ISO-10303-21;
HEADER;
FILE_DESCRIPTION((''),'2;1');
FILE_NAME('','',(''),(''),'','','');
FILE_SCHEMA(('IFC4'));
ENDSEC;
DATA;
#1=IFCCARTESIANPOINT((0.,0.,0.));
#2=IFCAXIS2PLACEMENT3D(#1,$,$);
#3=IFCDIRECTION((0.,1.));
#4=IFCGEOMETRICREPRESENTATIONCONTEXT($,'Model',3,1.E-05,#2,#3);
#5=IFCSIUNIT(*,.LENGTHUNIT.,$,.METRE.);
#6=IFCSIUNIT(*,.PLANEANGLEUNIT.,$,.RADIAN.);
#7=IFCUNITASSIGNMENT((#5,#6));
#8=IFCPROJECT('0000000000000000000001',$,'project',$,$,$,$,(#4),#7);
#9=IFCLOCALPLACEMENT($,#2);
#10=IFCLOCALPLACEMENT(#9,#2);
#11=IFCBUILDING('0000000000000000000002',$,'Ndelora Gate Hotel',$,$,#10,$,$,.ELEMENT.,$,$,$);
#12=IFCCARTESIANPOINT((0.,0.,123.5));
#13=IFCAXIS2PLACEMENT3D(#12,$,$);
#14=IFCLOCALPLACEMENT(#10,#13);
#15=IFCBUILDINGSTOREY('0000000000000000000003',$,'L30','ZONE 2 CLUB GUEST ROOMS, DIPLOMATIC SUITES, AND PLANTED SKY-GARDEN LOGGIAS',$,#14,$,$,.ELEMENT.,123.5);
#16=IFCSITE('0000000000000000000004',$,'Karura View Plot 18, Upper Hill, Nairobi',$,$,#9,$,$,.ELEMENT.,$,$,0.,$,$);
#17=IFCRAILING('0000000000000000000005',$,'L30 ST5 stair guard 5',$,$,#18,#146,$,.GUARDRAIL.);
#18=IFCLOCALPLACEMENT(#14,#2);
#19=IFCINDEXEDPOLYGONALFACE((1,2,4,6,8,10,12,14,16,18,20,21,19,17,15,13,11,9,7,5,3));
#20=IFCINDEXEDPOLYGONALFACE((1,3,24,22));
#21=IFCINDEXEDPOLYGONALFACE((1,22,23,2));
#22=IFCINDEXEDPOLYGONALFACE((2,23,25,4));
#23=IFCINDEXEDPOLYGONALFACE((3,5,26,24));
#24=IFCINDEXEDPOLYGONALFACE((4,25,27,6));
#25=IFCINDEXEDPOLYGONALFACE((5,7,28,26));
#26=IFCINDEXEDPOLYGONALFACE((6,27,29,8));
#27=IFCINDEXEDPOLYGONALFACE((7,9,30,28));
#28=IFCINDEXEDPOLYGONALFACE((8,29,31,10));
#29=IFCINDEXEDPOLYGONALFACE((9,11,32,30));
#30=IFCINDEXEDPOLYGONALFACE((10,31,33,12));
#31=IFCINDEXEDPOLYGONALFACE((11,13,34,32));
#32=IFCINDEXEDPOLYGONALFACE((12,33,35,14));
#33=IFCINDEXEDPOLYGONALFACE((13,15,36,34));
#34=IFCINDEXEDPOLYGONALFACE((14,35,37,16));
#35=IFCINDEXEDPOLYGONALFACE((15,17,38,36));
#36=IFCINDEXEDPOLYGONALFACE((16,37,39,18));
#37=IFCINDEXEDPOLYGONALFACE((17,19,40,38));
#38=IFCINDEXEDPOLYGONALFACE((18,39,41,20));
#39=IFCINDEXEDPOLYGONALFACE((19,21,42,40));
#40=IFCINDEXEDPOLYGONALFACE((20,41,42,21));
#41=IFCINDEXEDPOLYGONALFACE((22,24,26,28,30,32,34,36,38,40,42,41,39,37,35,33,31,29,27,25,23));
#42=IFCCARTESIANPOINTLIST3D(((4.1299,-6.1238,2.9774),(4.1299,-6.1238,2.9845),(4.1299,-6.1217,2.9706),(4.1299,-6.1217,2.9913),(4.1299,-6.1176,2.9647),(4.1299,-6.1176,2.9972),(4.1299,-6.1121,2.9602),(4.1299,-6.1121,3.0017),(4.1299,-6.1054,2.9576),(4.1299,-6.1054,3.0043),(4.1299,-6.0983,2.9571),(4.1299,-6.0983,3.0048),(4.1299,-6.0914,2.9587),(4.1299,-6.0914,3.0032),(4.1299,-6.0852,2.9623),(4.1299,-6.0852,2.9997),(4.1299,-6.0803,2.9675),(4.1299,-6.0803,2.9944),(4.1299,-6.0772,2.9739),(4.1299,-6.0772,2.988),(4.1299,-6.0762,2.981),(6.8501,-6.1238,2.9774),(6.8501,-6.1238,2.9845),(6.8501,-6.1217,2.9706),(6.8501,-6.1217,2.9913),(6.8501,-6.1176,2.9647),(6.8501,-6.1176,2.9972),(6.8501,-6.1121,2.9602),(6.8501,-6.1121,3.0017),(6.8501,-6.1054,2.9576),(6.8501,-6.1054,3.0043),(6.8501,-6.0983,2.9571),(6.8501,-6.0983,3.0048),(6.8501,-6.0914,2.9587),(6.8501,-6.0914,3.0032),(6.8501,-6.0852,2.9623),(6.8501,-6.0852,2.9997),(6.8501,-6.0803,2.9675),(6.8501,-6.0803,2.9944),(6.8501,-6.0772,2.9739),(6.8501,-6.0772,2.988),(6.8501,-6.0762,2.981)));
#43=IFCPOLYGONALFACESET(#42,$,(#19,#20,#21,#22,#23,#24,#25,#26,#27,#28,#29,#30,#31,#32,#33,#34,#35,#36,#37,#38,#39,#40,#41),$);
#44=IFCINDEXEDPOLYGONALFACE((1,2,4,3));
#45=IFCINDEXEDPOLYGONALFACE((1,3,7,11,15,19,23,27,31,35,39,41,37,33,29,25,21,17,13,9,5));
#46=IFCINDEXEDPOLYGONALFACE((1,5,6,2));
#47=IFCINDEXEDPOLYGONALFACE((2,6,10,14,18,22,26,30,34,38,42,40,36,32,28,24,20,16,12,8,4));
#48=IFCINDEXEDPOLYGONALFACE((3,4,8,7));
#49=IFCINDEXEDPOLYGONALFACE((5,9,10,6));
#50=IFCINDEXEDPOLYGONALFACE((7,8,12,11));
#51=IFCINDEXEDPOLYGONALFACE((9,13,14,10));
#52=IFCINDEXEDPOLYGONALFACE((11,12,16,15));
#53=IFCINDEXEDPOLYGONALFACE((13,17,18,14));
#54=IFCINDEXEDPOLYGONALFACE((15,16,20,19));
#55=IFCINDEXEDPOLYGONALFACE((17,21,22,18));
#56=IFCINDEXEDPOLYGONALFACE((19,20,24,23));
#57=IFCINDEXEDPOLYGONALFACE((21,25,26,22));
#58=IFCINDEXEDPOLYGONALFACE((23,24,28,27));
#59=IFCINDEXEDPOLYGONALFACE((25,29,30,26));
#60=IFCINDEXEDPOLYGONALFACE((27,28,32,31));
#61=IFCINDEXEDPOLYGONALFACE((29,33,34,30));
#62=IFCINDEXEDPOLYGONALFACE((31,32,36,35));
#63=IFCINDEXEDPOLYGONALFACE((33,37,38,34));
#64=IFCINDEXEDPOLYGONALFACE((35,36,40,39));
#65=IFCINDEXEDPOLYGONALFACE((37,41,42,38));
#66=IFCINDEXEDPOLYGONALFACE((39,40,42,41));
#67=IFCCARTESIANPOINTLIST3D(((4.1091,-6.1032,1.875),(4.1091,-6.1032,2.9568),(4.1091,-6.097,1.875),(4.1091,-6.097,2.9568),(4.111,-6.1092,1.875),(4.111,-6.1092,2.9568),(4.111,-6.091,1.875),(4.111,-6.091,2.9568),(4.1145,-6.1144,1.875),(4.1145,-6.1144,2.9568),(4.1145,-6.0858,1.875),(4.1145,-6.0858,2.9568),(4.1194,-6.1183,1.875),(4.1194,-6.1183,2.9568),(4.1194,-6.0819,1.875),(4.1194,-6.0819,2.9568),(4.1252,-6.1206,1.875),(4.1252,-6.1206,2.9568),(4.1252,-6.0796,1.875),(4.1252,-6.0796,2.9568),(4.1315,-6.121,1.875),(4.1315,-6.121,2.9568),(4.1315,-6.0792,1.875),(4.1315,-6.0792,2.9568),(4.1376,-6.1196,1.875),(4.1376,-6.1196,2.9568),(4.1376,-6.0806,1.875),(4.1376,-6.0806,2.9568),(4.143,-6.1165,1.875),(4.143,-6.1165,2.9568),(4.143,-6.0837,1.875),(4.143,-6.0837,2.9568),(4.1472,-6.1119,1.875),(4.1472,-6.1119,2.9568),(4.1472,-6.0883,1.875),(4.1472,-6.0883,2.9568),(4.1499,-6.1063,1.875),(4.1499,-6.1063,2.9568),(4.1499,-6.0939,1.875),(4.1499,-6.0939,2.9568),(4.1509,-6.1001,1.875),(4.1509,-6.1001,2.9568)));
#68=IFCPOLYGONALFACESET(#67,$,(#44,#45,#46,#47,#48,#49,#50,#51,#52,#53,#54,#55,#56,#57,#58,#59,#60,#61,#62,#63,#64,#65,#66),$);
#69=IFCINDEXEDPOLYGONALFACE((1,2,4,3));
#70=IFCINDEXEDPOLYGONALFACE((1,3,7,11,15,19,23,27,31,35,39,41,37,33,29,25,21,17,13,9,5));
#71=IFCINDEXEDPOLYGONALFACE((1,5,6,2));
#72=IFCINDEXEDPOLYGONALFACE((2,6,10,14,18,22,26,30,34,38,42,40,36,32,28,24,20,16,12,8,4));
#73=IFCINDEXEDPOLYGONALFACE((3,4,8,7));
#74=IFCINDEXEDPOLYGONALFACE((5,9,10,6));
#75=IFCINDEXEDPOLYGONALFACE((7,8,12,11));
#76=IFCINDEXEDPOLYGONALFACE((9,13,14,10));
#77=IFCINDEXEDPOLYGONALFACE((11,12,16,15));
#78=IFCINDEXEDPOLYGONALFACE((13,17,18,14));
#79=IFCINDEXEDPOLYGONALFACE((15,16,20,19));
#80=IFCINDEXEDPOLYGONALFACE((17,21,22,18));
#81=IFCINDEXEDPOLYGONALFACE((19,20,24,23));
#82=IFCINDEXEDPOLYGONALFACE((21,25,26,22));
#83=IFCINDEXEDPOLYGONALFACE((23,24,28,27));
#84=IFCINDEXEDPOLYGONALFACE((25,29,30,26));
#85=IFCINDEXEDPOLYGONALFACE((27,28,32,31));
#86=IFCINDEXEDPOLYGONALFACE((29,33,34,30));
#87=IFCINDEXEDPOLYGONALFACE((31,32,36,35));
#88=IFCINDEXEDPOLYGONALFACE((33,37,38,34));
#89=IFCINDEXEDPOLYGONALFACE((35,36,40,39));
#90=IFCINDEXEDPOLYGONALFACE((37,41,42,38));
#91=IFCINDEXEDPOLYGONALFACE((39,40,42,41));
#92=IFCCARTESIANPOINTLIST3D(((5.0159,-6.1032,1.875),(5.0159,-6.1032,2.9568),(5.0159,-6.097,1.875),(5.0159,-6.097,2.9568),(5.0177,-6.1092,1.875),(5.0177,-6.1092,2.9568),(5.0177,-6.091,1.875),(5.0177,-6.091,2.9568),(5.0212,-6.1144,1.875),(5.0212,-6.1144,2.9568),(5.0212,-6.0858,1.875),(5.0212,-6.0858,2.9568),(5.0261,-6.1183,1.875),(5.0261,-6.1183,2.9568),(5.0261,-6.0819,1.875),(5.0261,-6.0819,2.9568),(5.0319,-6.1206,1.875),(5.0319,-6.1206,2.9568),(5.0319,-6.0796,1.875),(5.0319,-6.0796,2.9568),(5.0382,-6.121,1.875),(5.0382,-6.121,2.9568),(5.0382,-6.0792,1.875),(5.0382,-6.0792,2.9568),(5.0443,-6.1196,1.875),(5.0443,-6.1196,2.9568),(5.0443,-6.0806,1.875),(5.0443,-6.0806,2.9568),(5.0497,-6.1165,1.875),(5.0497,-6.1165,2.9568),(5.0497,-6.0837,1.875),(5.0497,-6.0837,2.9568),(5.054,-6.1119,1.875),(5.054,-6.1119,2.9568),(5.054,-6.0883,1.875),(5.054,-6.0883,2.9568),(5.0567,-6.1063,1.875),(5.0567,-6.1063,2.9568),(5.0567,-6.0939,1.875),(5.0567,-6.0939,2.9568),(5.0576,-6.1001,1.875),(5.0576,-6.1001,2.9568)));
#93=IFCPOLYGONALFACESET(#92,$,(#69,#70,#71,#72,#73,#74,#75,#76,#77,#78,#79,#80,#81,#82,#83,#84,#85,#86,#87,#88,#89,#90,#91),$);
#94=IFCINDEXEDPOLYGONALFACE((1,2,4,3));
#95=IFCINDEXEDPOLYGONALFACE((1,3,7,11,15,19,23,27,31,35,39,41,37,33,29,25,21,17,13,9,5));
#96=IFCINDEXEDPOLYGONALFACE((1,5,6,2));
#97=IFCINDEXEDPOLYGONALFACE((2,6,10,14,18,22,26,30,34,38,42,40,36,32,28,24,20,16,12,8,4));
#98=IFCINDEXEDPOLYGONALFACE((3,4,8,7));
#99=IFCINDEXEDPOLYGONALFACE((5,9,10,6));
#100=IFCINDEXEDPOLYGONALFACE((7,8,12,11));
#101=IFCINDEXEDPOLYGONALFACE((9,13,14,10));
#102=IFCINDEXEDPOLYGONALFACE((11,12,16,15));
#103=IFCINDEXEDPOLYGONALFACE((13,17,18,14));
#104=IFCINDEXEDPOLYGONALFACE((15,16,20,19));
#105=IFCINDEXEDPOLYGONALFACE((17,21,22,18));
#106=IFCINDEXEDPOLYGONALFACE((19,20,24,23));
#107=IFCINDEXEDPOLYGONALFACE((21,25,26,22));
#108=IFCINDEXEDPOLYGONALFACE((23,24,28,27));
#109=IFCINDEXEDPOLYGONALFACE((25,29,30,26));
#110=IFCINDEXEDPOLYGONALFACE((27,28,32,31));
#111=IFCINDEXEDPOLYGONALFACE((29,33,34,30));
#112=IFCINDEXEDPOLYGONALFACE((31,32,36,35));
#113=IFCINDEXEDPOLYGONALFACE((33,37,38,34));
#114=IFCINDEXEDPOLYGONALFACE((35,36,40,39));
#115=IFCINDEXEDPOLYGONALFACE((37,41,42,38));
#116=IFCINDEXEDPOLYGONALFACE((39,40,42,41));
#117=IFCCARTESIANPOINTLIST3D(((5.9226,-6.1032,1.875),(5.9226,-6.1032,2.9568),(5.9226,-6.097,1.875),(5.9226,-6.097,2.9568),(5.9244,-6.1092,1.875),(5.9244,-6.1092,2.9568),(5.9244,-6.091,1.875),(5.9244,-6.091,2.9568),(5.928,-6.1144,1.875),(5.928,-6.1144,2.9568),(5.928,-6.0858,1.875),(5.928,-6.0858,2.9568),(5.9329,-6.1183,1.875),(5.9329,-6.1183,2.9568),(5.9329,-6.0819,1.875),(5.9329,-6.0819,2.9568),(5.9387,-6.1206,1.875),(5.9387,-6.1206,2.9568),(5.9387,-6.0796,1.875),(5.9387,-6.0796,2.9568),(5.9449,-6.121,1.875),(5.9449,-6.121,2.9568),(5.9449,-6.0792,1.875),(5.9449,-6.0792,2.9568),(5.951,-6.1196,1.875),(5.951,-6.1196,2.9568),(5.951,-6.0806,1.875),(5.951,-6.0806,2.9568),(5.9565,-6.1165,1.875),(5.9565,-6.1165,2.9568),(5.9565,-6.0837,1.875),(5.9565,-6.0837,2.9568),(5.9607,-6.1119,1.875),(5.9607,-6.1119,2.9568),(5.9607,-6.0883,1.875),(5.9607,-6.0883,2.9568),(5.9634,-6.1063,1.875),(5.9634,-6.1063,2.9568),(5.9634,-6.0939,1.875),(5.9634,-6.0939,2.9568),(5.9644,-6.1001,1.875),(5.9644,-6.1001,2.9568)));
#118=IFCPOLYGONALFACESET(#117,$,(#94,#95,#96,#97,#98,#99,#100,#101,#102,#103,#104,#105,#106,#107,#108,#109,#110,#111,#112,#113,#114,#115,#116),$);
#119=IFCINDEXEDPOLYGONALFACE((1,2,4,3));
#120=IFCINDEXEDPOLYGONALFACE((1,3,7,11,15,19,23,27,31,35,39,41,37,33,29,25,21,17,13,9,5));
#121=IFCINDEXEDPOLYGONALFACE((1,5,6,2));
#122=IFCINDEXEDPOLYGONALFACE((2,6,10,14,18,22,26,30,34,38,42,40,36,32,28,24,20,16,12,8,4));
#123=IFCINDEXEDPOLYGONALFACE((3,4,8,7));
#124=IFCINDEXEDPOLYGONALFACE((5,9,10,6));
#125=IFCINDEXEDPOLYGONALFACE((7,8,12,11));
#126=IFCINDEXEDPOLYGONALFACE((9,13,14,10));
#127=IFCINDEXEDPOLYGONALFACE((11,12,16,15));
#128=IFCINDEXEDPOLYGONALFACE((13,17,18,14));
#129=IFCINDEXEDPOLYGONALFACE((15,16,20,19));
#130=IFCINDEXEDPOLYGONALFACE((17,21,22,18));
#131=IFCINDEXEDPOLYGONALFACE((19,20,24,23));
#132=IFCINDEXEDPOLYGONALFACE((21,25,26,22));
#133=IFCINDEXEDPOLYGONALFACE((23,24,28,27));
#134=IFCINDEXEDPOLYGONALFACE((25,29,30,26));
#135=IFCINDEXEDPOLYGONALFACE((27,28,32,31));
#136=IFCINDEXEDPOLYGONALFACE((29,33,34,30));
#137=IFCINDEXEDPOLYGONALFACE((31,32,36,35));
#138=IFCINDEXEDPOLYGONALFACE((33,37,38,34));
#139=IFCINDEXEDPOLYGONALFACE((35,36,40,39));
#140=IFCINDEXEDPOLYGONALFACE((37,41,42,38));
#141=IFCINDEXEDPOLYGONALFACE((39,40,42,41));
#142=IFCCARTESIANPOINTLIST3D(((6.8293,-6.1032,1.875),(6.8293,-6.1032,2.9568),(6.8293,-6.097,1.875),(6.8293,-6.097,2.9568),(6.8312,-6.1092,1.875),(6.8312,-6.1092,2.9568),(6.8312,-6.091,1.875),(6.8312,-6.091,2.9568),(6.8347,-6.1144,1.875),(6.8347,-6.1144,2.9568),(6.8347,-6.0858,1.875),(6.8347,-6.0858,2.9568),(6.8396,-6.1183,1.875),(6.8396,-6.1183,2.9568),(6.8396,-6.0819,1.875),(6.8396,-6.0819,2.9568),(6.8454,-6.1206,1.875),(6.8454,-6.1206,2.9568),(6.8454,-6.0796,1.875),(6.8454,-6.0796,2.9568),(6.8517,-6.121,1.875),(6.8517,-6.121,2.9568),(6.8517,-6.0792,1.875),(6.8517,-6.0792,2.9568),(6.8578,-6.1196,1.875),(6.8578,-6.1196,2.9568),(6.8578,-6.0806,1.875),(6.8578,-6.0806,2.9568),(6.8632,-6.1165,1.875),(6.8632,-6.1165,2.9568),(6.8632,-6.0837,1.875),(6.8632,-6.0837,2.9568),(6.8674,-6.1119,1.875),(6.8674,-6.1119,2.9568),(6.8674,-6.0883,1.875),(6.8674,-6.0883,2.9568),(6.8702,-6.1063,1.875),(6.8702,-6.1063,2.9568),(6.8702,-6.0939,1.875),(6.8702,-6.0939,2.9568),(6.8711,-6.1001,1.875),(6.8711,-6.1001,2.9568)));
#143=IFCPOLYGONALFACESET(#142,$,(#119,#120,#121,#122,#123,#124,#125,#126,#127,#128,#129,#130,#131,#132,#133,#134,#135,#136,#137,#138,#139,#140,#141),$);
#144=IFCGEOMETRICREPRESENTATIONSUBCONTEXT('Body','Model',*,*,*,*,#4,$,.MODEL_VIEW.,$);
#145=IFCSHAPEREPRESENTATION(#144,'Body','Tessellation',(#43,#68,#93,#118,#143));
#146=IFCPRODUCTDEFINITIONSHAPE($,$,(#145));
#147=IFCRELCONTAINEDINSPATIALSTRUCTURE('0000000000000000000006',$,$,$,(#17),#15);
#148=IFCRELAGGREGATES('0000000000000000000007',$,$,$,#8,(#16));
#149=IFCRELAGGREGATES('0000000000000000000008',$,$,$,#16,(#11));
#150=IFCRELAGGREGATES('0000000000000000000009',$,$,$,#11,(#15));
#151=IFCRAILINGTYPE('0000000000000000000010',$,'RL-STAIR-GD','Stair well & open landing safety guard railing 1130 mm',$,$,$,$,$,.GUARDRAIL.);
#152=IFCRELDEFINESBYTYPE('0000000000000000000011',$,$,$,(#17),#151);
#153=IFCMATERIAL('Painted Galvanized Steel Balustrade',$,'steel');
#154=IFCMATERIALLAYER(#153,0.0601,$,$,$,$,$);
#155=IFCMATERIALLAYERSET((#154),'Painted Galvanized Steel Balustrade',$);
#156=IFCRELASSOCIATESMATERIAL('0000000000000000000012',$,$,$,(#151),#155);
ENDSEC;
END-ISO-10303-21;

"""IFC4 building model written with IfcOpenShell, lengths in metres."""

from ifc_helpers import new_model, si_unit, direction, frame, origin, origin_2d, place, context, subcontext, project, spatial, circle, extrude, material, layer, layer_set, type_object, element, save


model = new_model("IFC4")

# Units and contexts
model_context = context("Model", 3, precision=1e-05, world=origin(), true_north=direction((0.0, 1.0)))
body_context = subcontext(model_context, "Body", "Model", "MODEL_VIEW")
ifc_project = project(units=[si_unit("LENGTHUNIT", "METRE"), si_unit("PLANEANGLEUNIT", "RADIAN")], contexts=[model_context])

# Site, building, storey
site_placement = place(None, origin())
site = spatial("IfcSite", under=ifc_project, at=site_placement, Name="Karura View Plot 18, Upper Hill, Nairobi", CompositionType="ELEMENT", RefElevation=0.0)
building_placement = place(site_placement, origin())
building = spatial("IfcBuilding", under=site, at=building_placement, Name="Ndelora Gate Hotel", CompositionType="ELEMENT")
storey_placement = place(building_placement, frame((0.0, 0.0, 123.5)))
storey = spatial("IfcBuildingStorey", under=building, at=storey_placement, Name="L30", Description="ZONE 2 CLUB GUEST ROOMS, DIPLOMATIC SUITES, AND PLANTED SKY-GARDEN LOGGIAS", CompositionType="ELEMENT", Elevation=123.5)

# Railing
ifc_material_1 = material(Name="Painted Galvanized Steel Balustrade", Category="steel")
ifc_layer_1 = layer(ifc_material_1, 0.0601)
ifc_layer_set_1 = layer_set([ifc_layer_1], Name="Painted Galvanized Steel Balustrade")
railing_type_1 = type_object("IfcRailingType", Name="RL-STAIR-GD", Description="Stair well & open landing safety guard railing 1130 mm", PredefinedType="GUARDRAIL", material=ifc_layer_set_1)
railing_1_placement = place(storey_placement, frame((4.1299, -6.1001, 1.875)))
element("IfcRailing", 1, at=railing_1_placement, inside=storey, type_object=railing_type_1, Name="L30 ST5 stair guard 5", PredefinedType="GUARDRAIL", context=body_context, shape_type="SweptSolid", body=[
    extrude(circle(Radius=0.0239, at=origin_2d()), frame((0.0, 0.0, 1.106), z_axis=(1.0, 0.0, 0.0), x_axis=(0.0, 1.0, 0.0)), (0.0, 0.0, 1.0), 2.7202),
    extrude(circle(Radius=0.021, at=origin_2d()), origin(), (0.0, 0.0, 1.0), 1.0818),
    extrude(circle(Radius=0.021, at=origin_2d()), frame((0.9067, 0.0, 0.0)), (0.0, 0.0, 1.0), 1.0818),
    extrude(circle(Radius=0.021, at=origin_2d()), frame((1.8135, 0.0, 0.0)), (0.0, 0.0, 1.0), 1.0818),
    extrude(circle(Radius=0.021, at=origin_2d()), frame((2.7202, 0.0, 0.0)), (0.0, 0.0, 1.0), 1.0818),
])

save(model, "model.ifc")
